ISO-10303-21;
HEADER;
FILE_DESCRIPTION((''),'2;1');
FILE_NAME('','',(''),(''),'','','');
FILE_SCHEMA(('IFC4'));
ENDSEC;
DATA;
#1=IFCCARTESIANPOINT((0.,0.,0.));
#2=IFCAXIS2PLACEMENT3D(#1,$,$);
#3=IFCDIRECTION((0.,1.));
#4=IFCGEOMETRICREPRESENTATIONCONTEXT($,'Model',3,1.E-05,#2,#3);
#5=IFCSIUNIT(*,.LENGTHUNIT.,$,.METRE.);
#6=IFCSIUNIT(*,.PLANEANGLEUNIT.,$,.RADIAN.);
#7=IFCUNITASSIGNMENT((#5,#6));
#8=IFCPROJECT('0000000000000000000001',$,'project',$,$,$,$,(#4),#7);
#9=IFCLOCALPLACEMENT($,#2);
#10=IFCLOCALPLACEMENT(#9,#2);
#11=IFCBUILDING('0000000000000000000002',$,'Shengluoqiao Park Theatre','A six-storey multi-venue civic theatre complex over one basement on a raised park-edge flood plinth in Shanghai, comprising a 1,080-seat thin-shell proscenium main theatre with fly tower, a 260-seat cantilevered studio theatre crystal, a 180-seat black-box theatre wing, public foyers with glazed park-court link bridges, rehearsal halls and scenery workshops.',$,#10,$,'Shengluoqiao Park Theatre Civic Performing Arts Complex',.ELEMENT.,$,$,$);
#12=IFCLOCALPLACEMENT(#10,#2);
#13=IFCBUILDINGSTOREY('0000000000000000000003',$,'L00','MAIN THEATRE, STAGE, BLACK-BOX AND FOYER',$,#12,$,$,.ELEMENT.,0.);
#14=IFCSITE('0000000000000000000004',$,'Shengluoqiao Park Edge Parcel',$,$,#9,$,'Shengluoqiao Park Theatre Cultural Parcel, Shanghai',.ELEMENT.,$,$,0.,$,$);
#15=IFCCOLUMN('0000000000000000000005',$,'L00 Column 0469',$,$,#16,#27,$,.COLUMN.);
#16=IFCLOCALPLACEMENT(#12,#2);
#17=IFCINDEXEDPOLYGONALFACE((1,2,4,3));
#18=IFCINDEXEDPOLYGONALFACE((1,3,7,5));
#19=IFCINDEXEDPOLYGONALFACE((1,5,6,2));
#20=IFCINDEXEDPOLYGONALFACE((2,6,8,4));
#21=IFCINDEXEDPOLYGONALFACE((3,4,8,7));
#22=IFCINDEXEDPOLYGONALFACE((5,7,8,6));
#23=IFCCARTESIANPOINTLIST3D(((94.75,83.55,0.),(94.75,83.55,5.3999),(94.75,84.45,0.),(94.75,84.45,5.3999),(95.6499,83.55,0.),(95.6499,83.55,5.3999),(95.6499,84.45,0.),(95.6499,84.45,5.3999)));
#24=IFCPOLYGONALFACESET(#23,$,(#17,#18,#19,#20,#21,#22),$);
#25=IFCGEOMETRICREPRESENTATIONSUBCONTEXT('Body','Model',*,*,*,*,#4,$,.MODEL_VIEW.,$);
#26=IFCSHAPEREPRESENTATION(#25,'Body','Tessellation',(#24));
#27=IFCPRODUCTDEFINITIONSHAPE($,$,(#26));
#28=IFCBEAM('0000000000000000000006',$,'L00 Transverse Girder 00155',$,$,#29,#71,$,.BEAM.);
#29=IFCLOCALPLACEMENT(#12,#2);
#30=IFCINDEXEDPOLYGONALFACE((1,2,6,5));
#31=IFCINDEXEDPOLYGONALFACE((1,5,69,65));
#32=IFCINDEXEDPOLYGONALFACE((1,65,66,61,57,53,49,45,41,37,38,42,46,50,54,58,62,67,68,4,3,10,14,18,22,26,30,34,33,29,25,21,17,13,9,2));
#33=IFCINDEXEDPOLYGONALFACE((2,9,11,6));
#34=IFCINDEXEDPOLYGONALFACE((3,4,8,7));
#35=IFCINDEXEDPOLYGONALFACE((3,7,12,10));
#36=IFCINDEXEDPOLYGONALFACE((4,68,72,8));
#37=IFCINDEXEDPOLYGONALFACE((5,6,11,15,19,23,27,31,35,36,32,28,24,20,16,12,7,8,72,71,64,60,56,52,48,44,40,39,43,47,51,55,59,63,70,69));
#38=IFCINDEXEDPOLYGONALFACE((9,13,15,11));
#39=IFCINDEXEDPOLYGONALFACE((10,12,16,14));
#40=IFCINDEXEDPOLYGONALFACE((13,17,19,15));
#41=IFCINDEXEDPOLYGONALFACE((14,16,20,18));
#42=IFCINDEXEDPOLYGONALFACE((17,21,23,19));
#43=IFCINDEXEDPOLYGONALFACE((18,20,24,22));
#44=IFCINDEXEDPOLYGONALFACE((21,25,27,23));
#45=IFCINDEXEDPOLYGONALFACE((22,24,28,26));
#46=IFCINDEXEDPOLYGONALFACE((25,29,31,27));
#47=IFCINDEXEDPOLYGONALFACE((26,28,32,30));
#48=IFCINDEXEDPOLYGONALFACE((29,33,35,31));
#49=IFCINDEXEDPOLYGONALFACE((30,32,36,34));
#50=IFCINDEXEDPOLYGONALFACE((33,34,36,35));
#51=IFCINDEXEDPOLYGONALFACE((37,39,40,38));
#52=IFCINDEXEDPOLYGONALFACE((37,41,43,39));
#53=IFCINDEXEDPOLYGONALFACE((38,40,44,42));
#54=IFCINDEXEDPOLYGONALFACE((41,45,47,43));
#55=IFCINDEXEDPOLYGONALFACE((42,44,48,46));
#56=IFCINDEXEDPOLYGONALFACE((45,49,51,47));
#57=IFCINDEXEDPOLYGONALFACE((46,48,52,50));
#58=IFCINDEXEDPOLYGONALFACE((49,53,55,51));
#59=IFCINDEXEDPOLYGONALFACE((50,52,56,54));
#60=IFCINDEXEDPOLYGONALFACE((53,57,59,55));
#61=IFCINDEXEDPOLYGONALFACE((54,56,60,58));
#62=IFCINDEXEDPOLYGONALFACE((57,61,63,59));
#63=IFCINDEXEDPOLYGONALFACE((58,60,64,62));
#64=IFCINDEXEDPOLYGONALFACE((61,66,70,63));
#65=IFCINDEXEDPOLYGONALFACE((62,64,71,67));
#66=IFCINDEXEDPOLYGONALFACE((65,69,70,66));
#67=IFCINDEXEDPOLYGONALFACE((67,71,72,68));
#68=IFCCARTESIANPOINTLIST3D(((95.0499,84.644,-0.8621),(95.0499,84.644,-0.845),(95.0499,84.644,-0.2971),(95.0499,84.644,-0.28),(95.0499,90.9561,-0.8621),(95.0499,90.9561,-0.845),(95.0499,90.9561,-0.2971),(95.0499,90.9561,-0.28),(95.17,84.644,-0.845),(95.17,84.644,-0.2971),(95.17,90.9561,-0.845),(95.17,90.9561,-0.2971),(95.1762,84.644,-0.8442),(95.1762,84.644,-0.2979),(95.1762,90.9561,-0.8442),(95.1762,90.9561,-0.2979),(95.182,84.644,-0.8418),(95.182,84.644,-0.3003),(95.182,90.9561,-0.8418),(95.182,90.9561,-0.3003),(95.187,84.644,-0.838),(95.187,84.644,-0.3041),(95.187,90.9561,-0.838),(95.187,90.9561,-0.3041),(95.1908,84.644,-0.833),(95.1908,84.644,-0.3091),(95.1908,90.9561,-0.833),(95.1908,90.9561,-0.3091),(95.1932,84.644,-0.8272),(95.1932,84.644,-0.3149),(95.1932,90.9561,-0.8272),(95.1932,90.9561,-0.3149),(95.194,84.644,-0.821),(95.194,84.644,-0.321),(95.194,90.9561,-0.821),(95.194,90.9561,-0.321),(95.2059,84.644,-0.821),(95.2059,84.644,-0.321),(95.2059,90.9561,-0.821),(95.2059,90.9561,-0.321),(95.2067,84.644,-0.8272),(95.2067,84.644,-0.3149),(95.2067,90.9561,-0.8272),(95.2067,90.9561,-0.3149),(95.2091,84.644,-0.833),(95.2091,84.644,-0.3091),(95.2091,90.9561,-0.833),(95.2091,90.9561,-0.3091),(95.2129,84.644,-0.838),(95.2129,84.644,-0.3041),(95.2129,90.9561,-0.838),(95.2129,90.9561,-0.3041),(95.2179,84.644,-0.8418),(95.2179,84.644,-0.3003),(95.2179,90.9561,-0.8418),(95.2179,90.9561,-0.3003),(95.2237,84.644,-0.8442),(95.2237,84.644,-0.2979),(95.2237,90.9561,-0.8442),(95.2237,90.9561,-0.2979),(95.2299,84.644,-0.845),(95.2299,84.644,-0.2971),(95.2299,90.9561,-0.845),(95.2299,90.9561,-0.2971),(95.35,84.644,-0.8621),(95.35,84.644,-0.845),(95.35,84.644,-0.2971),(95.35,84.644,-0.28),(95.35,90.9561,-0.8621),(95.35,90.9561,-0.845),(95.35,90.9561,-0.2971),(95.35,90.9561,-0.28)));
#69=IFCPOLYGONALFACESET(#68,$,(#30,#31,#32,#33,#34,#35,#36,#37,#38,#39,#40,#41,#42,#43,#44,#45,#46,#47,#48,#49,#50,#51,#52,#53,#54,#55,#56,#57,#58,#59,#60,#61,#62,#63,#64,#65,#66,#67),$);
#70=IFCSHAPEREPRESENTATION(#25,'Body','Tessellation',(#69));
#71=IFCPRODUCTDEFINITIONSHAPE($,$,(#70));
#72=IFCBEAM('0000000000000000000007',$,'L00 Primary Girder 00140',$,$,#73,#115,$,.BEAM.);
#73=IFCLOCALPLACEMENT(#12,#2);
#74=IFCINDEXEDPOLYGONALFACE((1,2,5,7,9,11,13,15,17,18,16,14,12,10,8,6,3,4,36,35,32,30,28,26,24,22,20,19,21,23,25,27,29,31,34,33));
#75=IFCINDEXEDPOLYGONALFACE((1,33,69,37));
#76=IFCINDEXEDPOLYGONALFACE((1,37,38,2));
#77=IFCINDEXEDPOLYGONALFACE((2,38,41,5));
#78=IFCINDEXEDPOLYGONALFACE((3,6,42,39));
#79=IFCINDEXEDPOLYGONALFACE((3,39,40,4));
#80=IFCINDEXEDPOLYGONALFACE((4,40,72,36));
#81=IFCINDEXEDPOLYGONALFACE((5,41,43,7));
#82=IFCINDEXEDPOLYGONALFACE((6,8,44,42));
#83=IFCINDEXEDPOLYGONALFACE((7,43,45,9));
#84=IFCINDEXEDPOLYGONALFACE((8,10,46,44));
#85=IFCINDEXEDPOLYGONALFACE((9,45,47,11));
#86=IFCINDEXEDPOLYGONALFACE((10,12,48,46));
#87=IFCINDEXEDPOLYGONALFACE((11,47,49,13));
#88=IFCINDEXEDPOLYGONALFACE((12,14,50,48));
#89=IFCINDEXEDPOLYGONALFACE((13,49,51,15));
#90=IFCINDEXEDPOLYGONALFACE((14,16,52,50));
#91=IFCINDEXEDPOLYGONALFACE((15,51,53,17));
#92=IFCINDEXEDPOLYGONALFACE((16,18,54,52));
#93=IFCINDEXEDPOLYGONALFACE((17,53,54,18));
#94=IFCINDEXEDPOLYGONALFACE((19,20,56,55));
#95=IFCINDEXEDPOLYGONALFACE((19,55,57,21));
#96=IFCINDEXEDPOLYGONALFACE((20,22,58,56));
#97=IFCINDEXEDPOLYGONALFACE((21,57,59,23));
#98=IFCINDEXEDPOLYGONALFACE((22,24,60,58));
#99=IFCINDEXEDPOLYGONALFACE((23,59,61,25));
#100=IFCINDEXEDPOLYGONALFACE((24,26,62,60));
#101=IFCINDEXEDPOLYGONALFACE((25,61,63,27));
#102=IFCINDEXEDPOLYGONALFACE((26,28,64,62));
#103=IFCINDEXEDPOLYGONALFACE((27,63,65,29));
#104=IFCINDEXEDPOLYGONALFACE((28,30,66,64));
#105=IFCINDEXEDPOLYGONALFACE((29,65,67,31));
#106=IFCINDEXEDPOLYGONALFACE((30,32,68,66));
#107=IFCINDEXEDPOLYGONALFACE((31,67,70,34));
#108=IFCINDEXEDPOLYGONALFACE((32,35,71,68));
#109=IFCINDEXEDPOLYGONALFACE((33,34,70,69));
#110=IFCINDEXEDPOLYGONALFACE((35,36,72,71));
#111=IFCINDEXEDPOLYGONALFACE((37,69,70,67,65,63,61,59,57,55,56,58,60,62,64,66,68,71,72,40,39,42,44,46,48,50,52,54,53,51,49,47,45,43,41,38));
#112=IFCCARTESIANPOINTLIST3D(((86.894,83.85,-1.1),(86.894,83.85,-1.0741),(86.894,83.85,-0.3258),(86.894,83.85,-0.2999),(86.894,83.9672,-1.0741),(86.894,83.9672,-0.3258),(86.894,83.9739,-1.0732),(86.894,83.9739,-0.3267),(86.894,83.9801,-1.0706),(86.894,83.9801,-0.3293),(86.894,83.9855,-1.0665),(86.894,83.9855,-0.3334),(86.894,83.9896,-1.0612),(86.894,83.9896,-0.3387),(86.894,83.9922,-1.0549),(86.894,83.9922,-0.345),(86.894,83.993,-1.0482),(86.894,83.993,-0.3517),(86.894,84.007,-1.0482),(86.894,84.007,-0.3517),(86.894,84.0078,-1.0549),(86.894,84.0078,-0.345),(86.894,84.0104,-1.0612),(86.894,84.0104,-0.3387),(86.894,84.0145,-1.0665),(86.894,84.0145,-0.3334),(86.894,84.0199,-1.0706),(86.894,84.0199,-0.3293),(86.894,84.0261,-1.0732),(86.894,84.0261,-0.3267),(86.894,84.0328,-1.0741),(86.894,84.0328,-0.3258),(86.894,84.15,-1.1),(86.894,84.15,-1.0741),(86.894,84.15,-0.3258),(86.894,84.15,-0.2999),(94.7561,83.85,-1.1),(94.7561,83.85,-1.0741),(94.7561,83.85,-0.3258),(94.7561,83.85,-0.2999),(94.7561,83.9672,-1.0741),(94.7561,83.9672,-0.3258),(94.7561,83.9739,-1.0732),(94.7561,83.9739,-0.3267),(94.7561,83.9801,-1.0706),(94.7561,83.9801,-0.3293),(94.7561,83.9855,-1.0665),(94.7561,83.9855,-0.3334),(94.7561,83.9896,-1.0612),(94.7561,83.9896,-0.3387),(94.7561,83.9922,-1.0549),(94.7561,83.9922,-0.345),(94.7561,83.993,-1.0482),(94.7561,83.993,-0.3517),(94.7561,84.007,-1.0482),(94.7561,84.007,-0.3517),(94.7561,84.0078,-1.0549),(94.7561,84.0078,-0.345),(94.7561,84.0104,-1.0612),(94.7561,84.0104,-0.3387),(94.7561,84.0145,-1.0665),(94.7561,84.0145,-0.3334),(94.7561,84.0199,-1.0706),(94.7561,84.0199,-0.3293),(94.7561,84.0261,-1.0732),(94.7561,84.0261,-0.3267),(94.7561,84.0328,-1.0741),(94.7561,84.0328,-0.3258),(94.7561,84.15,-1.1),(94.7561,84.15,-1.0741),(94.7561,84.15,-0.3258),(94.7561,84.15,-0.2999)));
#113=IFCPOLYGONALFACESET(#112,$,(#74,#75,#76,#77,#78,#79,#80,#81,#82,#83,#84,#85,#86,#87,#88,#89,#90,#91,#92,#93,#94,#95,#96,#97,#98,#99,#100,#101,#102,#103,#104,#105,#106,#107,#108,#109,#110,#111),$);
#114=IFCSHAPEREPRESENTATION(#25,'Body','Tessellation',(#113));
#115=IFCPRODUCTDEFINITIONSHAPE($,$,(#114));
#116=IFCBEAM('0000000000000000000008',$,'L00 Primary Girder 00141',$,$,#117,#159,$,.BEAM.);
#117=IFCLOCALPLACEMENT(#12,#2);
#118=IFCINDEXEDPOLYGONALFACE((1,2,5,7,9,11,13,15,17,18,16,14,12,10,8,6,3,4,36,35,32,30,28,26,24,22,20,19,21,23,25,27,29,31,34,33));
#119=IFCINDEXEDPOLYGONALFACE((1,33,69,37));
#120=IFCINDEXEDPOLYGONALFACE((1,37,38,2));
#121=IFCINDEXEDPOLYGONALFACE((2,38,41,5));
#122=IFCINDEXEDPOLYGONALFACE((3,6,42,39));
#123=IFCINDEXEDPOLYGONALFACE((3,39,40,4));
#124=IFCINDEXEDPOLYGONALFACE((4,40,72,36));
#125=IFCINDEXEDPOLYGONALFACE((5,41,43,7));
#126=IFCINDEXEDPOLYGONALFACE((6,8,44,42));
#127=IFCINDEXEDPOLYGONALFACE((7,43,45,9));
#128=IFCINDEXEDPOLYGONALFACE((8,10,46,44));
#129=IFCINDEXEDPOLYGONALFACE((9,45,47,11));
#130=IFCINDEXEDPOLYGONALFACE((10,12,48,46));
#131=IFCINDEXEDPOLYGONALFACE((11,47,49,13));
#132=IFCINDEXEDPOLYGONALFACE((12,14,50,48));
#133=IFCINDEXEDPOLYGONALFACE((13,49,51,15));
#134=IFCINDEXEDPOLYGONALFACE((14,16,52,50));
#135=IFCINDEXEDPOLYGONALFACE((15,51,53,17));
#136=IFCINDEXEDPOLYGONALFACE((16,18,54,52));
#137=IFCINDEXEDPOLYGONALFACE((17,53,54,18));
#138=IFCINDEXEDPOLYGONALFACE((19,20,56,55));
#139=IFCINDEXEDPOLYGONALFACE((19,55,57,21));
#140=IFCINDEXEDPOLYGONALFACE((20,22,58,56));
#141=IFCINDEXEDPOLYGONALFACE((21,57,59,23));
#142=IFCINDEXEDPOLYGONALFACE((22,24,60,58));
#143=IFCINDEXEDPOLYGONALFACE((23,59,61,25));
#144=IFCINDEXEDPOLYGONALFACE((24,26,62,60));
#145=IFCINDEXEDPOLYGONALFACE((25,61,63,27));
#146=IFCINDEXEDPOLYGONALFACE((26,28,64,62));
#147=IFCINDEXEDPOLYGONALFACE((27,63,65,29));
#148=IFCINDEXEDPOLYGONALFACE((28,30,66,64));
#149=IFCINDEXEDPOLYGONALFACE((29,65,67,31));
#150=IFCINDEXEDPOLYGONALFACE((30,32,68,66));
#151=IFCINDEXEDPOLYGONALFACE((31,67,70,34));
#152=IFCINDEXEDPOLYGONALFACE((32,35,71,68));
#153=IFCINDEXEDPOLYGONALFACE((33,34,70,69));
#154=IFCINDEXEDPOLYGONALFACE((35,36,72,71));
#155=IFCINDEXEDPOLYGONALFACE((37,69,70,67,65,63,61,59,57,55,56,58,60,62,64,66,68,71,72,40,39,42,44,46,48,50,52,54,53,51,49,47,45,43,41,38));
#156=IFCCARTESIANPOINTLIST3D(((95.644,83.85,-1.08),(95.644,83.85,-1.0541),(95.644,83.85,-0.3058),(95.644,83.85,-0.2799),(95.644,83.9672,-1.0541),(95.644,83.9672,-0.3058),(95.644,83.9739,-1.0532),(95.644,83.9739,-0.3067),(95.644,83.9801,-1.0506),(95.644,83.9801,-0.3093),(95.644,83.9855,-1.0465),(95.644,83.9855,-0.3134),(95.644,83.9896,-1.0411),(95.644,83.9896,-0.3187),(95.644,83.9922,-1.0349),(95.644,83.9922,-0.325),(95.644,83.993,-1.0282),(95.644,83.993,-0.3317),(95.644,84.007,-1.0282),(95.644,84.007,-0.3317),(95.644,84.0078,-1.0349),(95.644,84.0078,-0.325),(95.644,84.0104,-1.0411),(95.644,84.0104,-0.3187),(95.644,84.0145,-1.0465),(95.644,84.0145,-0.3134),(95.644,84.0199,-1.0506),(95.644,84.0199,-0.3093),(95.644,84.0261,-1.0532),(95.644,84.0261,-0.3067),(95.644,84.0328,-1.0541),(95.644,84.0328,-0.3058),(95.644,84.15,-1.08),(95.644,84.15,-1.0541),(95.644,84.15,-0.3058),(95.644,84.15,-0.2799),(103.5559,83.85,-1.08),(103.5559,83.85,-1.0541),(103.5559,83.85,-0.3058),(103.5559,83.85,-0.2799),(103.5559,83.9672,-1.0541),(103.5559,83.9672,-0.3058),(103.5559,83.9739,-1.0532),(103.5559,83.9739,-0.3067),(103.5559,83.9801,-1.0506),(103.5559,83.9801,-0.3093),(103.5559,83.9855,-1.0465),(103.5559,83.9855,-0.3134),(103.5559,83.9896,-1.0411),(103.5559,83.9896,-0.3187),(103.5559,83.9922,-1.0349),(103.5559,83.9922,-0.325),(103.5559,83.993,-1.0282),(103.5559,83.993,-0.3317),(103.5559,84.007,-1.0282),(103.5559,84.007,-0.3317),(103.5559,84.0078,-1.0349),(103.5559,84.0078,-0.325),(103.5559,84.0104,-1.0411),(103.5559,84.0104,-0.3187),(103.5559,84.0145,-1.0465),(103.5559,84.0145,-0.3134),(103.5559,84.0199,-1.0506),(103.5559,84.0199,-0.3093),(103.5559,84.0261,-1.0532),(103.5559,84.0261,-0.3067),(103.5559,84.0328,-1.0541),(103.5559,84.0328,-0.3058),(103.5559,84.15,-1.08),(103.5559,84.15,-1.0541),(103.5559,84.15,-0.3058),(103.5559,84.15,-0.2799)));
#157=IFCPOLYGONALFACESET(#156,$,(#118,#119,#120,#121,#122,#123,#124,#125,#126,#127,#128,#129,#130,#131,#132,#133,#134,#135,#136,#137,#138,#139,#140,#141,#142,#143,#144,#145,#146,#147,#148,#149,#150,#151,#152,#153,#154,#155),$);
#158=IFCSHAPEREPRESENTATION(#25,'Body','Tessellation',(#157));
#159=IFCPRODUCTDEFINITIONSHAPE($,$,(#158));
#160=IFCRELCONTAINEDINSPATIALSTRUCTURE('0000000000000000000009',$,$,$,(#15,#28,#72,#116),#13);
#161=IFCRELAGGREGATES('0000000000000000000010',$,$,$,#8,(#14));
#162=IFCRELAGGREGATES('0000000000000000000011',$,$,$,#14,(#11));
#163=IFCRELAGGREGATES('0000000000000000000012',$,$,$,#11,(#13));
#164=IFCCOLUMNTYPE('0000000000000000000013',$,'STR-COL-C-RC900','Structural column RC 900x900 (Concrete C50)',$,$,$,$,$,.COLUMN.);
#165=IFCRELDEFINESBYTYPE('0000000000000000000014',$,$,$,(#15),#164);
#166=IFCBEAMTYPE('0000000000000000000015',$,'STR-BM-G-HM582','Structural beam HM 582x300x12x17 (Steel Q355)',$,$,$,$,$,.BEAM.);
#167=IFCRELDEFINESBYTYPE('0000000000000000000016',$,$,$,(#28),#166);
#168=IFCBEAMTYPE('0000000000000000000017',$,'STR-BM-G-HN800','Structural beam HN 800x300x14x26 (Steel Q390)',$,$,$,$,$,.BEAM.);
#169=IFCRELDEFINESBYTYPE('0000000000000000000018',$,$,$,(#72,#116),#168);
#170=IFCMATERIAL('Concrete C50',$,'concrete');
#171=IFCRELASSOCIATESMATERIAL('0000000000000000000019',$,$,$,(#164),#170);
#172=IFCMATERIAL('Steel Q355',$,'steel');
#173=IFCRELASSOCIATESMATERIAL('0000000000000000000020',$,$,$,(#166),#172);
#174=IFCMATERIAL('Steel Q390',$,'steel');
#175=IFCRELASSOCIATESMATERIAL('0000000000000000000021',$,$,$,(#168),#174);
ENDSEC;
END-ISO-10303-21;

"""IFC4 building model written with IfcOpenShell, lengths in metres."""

from ifc_helpers import new_model, si_unit, direction, frame, origin, origin_2d, place, context, subcontext, project, spatial, rectangle, i_section, extrude, material, material_profile, profile_set, type_object, element, save


model = new_model("IFC4")

# Units and contexts
model_context = context("Model", 3, precision=1e-05, world=origin(), true_north=direction((0.0, 1.0)))
body_context = subcontext(model_context, "Body", "Model", "MODEL_VIEW")
ifc_project = project(units=[si_unit("LENGTHUNIT", "METRE"), si_unit("PLANEANGLEUNIT", "RADIAN")], contexts=[model_context])

# Site, building, storey
site_placement = place(None, origin())
site = spatial("IfcSite", under=ifc_project, at=site_placement, Name="Shengluoqiao Park Edge Parcel", LongName="Shengluoqiao Park Theatre Cultural Parcel, Shanghai", CompositionType="ELEMENT", RefElevation=0.0)
building_placement = place(site_placement, origin())
building = spatial("IfcBuilding", under=site, at=building_placement, Name="Shengluoqiao Park Theatre", Description="A six-storey multi-venue civic theatre complex over one basement on a raised park-edge flood plinth in Shanghai, comprising a 1,080-seat thin-shell proscenium main theatre with fly tower, a 260-seat cantilevered studio theatre crystal, a 180-seat black-box theatre wing, public foyers with glazed park-court link bridges, rehearsal halls and scenery workshops.", LongName="Shengluoqiao Park Theatre Civic Performing Arts Complex", CompositionType="ELEMENT")
storey_placement = place(building_placement, origin())
storey = spatial("IfcBuildingStorey", under=building, at=storey_placement, Name="L00", Description="MAIN THEATRE, STAGE, BLACK-BOX AND FOYER", CompositionType="ELEMENT", Elevation=0.0)

# Column
ifc_material_1 = material(Name="Concrete C50", Category="concrete")
ifc_material_profile_1 = material_profile(ifc_material_1, rectangle(XDim=0.8999, YDim=0.8999, at=origin_2d()), Name="RC 900x900")
ifc_profile_set_1 = profile_set([ifc_material_profile_1], Name="Concrete C50")
column_type = type_object("IfcColumnType", Name="STR-COL-C-RC900", Description="Structural column RC 900x900 (Concrete C50)", PredefinedType="COLUMN", material=ifc_profile_set_1)
column_placement = place(storey_placement, frame((95.2, 84.0, 0.0), z_axis=(0.0, 0.0, 1.0), x_axis=(1.0, 0.0, 0.0)))
element("IfcColumn", 1, at=column_placement, inside=storey, type_object=column_type, Name="L00 Column 0469", PredefinedType="COLUMN", context=body_context, shape_type="SweptSolid", body=[
    extrude(rectangle(XDim=0.8999, YDim=0.8999, at=origin_2d()), origin(), (0.0, 0.0, 1.0), 5.3999),
])

# Beams
ifc_material_2 = material(Name="Steel Q355", Category="steel")
ifc_material_profile_2 = material_profile(ifc_material_2, i_section(OverallWidth=0.3, OverallDepth=0.582, WebThickness=0.012, FlangeThickness=0.0171, FilletRadius=0.0239, at=origin_2d()), Name="HM 582x300x12x17")
ifc_profile_set_2 = profile_set([ifc_material_profile_2], Name="Steel Q355")
beam_type_1 = type_object("IfcBeamType", Name="STR-BM-G-HM582", Description="Structural beam HM 582x300x12x17 (Steel Q355)", PredefinedType="BEAM", material=ifc_profile_set_2)
beam_1_placement = place(storey_placement, frame((95.2, 84.644, -0.571), z_axis=(0.0, 1.0, 0.0), x_axis=(-1.0, 0.0, 0.0)))
element("IfcBeam", 2, at=beam_1_placement, inside=storey, type_object=beam_type_1, Name="L00 Transverse Girder 00155", PredefinedType="BEAM", context=body_context, shape_type="SweptSolid", body=[
    extrude(i_section(OverallWidth=0.3, OverallDepth=0.582, WebThickness=0.012, FlangeThickness=0.0171, FilletRadius=0.0239, at=origin_2d()), origin(), (0.0, 0.0, 1.0), 6.312),
])
ifc_material_3 = material(Name="Steel Q390", Category="steel")
ifc_material_profile_3 = material_profile(ifc_material_3, i_section(OverallWidth=0.3, OverallDepth=0.8, WebThickness=0.0139, FlangeThickness=0.0259, FilletRadius=0.0259, at=origin_2d()), Name="HN 800x300x14x26")
ifc_profile_set_3 = profile_set([ifc_material_profile_3], Name="Steel Q390")
beam_type_2 = type_object("IfcBeamType", Name="STR-BM-G-HN800", Description="Structural beam HN 800x300x14x26 (Steel Q390)", PredefinedType="BEAM", material=ifc_profile_set_3)
beam_2_placement = place(storey_placement, frame((86.894, 84.0, -0.7), z_axis=(1.0, 0.0, 0.0), x_axis=(0.0, 1.0, 0.0)))
element("IfcBeam", 3, at=beam_2_placement, inside=storey, type_object=beam_type_2, Name="L00 Primary Girder 00140", PredefinedType="BEAM", context=body_context, shape_type="SweptSolid", body=[
    extrude(i_section(OverallWidth=0.3, OverallDepth=0.8, WebThickness=0.0139, FlangeThickness=0.0259, FilletRadius=0.0259, at=origin_2d()), origin(), (0.0, 0.0, 1.0), 7.8621),
])
beam_3_placement = place(storey_placement, frame((95.644, 84.0, -0.6799), z_axis=(1.0, 0.0, 0.0), x_axis=(0.0, 1.0, 0.0)))
element("IfcBeam", 4, at=beam_3_placement, inside=storey, type_object=beam_type_2, Name="L00 Primary Girder 00141", PredefinedType="BEAM", context=body_context, shape_type="SweptSolid", body=[
    extrude(i_section(OverallWidth=0.3, OverallDepth=0.8, WebThickness=0.0139, FlangeThickness=0.0259, FilletRadius=0.0259, at=origin_2d()), origin(), (0.0, 0.0, 1.0), 7.9119),
])

save(model, "model.ifc")
